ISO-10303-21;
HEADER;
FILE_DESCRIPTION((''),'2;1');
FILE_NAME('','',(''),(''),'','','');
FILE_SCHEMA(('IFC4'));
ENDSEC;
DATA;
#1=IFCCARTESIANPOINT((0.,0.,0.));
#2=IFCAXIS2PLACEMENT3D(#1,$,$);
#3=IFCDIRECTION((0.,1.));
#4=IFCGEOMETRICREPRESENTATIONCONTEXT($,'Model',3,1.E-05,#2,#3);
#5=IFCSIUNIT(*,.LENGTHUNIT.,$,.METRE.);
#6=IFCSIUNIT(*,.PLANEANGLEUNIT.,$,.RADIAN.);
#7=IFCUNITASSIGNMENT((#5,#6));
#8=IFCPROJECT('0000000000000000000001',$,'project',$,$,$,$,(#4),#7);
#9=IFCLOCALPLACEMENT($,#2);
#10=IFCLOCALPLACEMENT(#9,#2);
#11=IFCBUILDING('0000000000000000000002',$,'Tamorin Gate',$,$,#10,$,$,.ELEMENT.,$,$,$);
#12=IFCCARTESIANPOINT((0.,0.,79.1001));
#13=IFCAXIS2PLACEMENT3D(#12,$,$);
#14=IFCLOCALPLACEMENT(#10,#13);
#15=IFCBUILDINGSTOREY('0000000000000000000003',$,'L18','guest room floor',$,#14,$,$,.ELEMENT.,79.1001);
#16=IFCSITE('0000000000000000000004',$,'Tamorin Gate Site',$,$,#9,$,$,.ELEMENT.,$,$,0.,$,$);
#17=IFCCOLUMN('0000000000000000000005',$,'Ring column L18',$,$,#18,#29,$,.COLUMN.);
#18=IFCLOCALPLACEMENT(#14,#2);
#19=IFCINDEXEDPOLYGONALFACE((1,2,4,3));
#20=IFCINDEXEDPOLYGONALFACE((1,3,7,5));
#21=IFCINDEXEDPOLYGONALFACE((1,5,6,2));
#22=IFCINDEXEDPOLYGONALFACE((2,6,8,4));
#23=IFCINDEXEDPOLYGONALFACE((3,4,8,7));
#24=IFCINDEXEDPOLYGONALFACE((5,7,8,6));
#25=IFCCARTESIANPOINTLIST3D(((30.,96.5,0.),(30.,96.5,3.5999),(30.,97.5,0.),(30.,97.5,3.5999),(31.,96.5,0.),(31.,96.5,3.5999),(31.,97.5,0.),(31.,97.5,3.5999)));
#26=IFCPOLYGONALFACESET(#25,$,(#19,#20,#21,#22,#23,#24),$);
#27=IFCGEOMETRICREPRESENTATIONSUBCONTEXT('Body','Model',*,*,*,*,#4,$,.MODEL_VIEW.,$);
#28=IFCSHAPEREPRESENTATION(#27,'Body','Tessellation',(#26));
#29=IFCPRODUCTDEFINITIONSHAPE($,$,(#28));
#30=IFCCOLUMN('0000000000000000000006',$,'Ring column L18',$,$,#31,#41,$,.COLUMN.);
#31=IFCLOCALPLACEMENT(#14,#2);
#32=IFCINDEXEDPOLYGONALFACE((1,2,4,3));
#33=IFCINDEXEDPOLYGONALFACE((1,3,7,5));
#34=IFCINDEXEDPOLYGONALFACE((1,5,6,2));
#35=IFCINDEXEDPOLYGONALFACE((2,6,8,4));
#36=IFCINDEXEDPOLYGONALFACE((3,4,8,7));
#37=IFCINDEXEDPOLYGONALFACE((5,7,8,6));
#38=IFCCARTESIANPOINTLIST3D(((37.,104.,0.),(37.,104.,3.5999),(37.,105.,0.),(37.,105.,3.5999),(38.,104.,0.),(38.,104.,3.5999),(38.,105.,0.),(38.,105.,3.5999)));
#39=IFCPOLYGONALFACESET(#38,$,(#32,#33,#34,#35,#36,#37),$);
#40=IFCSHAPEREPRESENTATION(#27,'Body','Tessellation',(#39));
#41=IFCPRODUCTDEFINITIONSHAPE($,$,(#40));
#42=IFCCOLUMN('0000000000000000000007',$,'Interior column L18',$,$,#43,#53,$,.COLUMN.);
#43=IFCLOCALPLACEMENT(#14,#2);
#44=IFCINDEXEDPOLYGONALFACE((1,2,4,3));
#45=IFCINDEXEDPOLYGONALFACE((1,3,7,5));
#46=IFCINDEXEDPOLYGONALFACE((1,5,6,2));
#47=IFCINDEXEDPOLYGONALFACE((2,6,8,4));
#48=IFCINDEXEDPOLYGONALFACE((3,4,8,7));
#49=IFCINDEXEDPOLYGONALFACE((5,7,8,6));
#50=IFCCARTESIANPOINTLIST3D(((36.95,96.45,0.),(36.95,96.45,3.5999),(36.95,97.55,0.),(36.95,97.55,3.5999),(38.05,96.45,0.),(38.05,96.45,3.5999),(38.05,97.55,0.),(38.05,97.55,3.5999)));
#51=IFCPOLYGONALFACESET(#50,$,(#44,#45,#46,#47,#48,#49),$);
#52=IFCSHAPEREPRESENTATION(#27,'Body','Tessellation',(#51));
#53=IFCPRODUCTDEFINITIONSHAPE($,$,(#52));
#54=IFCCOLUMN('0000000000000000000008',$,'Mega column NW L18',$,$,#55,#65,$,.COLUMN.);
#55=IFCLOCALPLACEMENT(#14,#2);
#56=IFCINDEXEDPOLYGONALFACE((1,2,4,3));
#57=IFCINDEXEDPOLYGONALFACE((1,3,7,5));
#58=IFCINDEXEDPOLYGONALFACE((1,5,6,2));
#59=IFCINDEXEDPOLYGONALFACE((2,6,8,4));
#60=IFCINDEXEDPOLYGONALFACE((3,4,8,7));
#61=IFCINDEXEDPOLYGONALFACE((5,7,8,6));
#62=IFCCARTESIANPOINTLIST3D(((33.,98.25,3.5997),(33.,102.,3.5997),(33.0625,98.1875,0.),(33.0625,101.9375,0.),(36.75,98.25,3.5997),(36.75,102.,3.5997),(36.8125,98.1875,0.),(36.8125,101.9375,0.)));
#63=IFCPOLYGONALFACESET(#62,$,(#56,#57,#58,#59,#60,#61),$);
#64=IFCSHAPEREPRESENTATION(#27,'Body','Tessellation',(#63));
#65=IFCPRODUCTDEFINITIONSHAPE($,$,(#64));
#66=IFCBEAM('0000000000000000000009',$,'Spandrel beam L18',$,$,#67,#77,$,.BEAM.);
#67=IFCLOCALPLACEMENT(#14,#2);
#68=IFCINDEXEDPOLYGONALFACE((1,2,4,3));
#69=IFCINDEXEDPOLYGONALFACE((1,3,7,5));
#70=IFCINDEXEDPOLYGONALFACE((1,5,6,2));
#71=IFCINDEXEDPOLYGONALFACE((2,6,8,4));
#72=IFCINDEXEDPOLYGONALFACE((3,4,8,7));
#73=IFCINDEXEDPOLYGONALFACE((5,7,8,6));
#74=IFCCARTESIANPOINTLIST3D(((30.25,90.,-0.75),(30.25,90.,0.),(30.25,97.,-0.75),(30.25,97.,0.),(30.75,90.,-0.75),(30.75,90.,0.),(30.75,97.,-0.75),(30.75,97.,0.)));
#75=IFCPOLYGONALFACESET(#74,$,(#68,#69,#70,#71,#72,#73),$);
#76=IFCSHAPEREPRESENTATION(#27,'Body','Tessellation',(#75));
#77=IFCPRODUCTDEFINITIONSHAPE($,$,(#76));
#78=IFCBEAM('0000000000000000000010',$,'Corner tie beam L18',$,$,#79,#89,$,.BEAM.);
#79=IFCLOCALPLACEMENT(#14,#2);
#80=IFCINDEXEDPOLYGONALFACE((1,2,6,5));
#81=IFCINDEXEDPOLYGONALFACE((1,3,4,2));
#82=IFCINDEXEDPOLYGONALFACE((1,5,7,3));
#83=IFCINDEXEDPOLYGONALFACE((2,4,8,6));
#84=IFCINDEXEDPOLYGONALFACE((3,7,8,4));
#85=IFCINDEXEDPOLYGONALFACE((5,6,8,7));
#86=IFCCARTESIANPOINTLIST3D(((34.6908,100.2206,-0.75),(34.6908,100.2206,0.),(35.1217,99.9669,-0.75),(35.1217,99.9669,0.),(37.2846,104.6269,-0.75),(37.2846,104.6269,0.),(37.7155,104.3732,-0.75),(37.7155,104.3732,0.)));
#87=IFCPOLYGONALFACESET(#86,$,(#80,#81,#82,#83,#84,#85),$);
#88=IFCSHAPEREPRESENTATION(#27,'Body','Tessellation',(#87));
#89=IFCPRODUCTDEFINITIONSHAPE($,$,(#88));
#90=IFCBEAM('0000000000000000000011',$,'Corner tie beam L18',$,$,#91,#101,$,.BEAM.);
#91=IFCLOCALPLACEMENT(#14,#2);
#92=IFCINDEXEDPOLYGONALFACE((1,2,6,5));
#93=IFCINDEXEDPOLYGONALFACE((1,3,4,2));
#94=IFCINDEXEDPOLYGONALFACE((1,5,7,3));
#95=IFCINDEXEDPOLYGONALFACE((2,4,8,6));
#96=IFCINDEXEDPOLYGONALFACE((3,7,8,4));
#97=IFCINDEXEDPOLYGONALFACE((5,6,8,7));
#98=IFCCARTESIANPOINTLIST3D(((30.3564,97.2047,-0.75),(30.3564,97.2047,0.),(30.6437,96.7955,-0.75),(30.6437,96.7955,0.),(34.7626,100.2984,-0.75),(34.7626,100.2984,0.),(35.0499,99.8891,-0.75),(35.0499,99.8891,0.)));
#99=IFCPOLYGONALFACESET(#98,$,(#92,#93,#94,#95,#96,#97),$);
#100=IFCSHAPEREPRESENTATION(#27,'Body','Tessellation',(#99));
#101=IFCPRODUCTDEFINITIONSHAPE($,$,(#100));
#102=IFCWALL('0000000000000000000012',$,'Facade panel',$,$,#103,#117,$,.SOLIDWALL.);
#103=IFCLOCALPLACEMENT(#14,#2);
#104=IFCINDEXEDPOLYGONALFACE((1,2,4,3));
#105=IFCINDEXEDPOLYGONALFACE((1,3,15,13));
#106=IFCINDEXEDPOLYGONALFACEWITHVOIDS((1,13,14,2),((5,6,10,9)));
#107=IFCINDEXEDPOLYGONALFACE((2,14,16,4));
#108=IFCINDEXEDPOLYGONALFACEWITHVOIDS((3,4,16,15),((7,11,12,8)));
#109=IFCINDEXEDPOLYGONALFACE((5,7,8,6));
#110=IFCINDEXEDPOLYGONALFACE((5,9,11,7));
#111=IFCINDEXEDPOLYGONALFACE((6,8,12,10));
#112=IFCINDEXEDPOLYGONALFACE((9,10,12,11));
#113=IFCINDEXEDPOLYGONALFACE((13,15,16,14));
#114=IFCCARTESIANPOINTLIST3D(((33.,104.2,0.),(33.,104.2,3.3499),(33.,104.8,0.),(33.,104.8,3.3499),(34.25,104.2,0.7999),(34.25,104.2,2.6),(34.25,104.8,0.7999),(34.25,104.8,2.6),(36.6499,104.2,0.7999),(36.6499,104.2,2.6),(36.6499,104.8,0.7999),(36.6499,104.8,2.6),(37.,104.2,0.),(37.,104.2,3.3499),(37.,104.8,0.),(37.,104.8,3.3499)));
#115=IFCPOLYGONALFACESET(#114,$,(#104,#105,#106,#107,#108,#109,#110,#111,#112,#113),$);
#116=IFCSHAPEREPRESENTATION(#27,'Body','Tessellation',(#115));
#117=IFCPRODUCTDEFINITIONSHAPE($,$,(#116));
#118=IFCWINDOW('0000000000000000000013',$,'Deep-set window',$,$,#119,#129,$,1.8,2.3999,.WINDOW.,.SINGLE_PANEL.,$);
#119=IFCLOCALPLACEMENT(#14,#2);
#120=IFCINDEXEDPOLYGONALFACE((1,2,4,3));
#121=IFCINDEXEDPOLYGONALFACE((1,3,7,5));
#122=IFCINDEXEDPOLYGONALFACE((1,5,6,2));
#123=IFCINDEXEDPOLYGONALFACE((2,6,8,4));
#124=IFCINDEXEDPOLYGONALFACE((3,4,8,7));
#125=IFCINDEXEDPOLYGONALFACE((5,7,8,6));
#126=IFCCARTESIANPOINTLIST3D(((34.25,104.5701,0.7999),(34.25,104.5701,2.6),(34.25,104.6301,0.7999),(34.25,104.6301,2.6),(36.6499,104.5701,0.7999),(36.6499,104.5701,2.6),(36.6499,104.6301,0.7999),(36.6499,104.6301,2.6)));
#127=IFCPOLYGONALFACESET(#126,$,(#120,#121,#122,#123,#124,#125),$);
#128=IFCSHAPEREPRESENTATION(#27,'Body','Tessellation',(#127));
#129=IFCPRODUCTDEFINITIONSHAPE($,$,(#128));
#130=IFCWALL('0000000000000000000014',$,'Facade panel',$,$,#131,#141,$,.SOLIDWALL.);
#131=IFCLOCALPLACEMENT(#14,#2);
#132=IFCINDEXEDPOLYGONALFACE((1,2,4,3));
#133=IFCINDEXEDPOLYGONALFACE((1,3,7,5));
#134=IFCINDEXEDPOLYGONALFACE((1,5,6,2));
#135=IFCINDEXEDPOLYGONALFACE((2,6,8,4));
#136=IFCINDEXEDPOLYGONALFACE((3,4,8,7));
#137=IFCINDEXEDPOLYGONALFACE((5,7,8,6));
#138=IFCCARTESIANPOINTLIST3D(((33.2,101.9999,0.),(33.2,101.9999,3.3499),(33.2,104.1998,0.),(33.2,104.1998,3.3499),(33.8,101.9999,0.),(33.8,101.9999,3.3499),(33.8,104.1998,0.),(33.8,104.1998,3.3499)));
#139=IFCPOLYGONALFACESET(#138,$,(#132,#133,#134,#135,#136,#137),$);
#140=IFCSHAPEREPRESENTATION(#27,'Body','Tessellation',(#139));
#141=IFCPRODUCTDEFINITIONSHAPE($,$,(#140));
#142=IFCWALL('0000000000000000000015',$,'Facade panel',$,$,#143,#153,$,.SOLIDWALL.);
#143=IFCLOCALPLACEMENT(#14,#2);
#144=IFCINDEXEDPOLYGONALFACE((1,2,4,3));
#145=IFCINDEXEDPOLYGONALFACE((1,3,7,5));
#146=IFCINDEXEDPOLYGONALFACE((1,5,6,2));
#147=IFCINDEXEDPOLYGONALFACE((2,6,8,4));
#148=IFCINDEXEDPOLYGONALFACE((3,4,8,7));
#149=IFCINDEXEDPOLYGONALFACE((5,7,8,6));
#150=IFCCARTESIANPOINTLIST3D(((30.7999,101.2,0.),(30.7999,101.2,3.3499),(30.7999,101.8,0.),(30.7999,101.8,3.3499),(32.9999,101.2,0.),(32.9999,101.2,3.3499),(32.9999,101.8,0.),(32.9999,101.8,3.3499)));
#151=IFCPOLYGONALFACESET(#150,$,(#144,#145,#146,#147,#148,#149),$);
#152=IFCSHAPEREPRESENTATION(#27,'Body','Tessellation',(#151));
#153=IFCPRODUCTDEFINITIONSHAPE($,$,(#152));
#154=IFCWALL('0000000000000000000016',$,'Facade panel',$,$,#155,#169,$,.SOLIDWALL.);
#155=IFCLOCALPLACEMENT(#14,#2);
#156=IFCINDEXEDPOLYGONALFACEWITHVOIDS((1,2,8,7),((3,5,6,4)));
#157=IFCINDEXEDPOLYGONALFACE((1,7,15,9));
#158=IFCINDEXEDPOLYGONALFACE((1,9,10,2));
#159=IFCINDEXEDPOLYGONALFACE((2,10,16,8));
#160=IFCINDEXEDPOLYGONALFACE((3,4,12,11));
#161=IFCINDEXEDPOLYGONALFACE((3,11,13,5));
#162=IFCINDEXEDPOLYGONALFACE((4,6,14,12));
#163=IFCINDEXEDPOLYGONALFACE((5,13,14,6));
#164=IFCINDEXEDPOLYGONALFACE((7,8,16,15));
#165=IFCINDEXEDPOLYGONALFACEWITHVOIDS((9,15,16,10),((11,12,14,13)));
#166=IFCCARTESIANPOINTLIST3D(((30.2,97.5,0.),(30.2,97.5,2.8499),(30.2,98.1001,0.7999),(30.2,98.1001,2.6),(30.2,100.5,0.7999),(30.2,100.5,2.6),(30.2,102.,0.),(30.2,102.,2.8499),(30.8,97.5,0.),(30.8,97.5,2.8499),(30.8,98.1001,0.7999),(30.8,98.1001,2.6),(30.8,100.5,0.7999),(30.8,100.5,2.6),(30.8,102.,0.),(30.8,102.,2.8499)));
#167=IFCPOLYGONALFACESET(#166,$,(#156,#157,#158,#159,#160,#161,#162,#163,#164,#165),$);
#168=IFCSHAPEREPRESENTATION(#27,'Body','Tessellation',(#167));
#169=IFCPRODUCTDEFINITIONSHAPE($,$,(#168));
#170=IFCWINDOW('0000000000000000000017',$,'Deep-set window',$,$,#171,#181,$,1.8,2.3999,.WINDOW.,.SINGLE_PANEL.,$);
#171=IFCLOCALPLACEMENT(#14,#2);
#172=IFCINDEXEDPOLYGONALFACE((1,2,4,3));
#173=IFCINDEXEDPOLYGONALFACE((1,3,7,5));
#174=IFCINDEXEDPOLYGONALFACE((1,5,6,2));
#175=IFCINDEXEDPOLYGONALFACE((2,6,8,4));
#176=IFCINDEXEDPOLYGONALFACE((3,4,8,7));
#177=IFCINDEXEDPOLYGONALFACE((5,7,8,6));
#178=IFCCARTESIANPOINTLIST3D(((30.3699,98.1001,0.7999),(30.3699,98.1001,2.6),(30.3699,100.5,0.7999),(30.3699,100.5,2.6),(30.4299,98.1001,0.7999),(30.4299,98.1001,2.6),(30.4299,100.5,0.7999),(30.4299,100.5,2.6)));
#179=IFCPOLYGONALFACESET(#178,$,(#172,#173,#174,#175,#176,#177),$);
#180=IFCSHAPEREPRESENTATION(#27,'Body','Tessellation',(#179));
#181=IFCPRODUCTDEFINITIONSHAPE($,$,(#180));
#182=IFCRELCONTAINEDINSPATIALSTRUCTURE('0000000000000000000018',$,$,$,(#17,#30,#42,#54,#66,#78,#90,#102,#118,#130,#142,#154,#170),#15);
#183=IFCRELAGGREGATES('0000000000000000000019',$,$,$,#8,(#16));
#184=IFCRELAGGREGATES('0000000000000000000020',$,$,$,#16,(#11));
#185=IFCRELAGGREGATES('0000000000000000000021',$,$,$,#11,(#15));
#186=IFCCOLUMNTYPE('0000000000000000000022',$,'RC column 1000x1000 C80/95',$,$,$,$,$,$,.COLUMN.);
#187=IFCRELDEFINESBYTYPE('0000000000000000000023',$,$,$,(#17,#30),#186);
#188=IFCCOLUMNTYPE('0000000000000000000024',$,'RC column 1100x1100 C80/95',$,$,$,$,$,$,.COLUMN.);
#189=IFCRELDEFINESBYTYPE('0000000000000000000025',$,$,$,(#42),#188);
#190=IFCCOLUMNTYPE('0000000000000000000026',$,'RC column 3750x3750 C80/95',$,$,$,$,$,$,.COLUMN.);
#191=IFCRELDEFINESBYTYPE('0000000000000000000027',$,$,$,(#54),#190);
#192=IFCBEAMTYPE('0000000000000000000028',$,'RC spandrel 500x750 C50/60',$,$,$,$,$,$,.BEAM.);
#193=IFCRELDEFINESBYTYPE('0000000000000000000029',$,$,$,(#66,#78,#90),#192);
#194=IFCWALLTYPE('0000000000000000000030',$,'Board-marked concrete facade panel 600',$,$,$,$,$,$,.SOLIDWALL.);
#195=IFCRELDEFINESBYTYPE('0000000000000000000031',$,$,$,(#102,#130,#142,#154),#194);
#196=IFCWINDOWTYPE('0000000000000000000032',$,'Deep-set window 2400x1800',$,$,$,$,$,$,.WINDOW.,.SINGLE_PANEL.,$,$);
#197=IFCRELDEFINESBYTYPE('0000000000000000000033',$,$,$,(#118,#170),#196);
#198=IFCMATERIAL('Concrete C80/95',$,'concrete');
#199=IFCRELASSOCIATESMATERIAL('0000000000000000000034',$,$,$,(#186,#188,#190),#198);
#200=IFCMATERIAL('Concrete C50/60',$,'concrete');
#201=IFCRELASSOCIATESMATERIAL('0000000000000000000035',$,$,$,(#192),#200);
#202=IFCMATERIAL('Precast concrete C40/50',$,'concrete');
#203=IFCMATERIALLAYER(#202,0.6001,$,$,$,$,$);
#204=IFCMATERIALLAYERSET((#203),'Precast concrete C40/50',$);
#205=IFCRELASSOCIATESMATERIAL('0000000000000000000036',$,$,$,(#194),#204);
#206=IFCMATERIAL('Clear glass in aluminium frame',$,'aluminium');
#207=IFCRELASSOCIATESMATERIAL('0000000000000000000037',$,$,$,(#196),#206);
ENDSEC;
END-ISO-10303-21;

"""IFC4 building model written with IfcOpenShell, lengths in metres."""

from ifc_helpers import new_model, si_unit, direction, frame, frame_2d, origin, origin_2d, place, context, subcontext, project, spatial, rectangle, extrude, material, layer, layer_set, material_profile, profile_set, type_object, element, fill, save


model = new_model("IFC4")

# Units and contexts
model_context = context("Model", 3, precision=1e-05, world=origin(), true_north=direction((0.0, 1.0)))
body_context = subcontext(model_context, "Body", "Model", "MODEL_VIEW")
ifc_project = project(units=[si_unit("LENGTHUNIT", "METRE"), si_unit("PLANEANGLEUNIT", "RADIAN")], contexts=[model_context])

# Site, building, storey
site_placement = place(None, origin())
site = spatial("IfcSite", under=ifc_project, at=site_placement, Name="Tamorin Gate Site", CompositionType="ELEMENT", RefElevation=0.0)
building_placement = place(site_placement, origin())
building = spatial("IfcBuilding", under=site, at=building_placement, Name="Tamorin Gate", CompositionType="ELEMENT")
storey_placement = place(building_placement, frame((0.0, 0.0, 79.1001)))
storey = spatial("IfcBuildingStorey", under=building, at=storey_placement, Name="L18", Description="guest room floor", CompositionType="ELEMENT", Elevation=79.1001)

# Columns
ifc_material_1 = material(Name="Concrete C80/95", Category="concrete")
ifc_material_profile_1 = material_profile(ifc_material_1, rectangle(XDim=1.0, YDim=1.0, at=origin_2d()), Name="RC 1000x1000")
ifc_profile_set_1 = profile_set([ifc_material_profile_1], Name="Concrete C80/95")
column_type_1 = type_object("IfcColumnType", Name="RC column 1000x1000 C80/95", PredefinedType="COLUMN", material=ifc_profile_set_1)
for number, where, z_axis, x_axis, name in (
    (1, (30.5, 97.0, 0.0), (0.0, 0.0, 1.0), (1.0, 0.0, 0.0), "Ring column L18"),
    (2, (37.5, 104.5, 0.0), (0.0, 0.0, 1.0), (1.0, 0.0, 0.0), "Ring column L18"),
):
    element("IfcColumn", number, at=place(storey_placement, frame(where, z_axis=z_axis, x_axis=x_axis)), inside=storey, type_object=column_type_1, Name=name, PredefinedType="COLUMN", context=body_context, shape_type="SweptSolid", body=[
        extrude(rectangle(XDim=1.0, YDim=1.0, at=origin_2d()), origin(), (0.0, 0.0, 1.0), 3.5999),
    ])
ifc_material_profile_2 = material_profile(ifc_material_1, rectangle(XDim=1.1001, YDim=1.1001, at=origin_2d()), Name="RC 1100x1100")
ifc_profile_set_2 = profile_set([ifc_material_profile_2], Name="Concrete C80/95")
column_type_2 = type_object("IfcColumnType", Name="RC column 1100x1100 C80/95", PredefinedType="COLUMN", material=ifc_profile_set_2)
column_1_placement = place(storey_placement, frame((37.5, 97.0, 0.0), z_axis=(0.0, 0.0, 1.0), x_axis=(1.0, 0.0, 0.0)))
element("IfcColumn", 3, at=column_1_placement, inside=storey, type_object=column_type_2, Name="Interior column L18", PredefinedType="COLUMN", context=body_context, shape_type="SweptSolid", body=[
    extrude(rectangle(XDim=1.1001, YDim=1.1001, at=origin_2d()), origin(), (0.0, 0.0, 1.0), 3.5999),
])
ifc_material_profile_3 = material_profile(ifc_material_1, rectangle(XDim=3.75, YDim=3.75, at=origin_2d()), Name="RC 3750x3750")
ifc_profile_set_3 = profile_set([ifc_material_profile_3], Name="Concrete C80/95")
column_type_3 = type_object("IfcColumnType", Name="RC column 3750x3750 C80/95", PredefinedType="COLUMN", material=ifc_profile_set_3)
column_2_placement = place(storey_placement, frame((34.9375, 100.0625, 0.0), z_axis=(0.0, 0.0, 1.0), x_axis=(0.0, 1.0, 0.0)))
element("IfcColumn", 4, at=column_2_placement, inside=storey, type_object=column_type_3, Name="Mega column NW L18", PredefinedType="COLUMN", context=body_context, shape_type="SweptSolid", body=[
    extrude(rectangle(XDim=3.75, YDim=3.75, at=origin_2d()), origin(), (0.017357, 0.017357, 0.999699), 3.6008),
])

# Beams
ifc_material_2 = material(Name="Concrete C50/60", Category="concrete")
ifc_material_profile_4 = material_profile(ifc_material_2, rectangle(XDim=0.5, YDim=0.75, at=origin_2d()), Name="RC 500x750")
ifc_profile_set_4 = profile_set([ifc_material_profile_4], Name="Concrete C50/60")
beam_type = type_object("IfcBeamType", Name="RC spandrel 500x750 C50/60", PredefinedType="BEAM", material=ifc_profile_set_4)
beam_1_placement = place(storey_placement, frame((30.5, 97.0, -0.375), z_axis=(0.0, -1.0, 0.0), x_axis=(1.0, 0.0, 0.0)))
element("IfcBeam", 5, at=beam_1_placement, inside=storey, type_object=beam_type, Name="Spandrel beam L18", PredefinedType="BEAM", context=body_context, shape_type="SweptSolid", body=[
    extrude(rectangle(XDim=0.5, YDim=0.75, at=origin_2d()), origin(), (0.0, 0.0, 1.0), 7.0),
])
beam_2_placement = place(storey_placement, frame((34.9062, 100.0938, -0.375), z_axis=(0.507287, 0.861777, 0.0), x_axis=(-0.861777, 0.507287, 0.0)))
element("IfcBeam", 6, at=beam_2_placement, inside=storey, type_object=beam_type, Name="Corner tie beam L18", PredefinedType="BEAM", context=body_context, shape_type="SweptSolid", body=[
    extrude(rectangle(XDim=0.5, YDim=0.75, at=origin_2d()), origin(), (0.0, 0.0, 1.0), 5.113),
])
beam_3_placement = place(storey_placement, frame((34.9062, 100.0938, -0.375), z_axis=(-0.818413, -0.57463, 0.0), x_axis=(0.57463, -0.818413, 0.0)))
element("IfcBeam", 7, at=beam_3_placement, inside=storey, type_object=beam_type, Name="Corner tie beam L18", PredefinedType="BEAM", context=body_context, shape_type="SweptSolid", body=[
    extrude(rectangle(XDim=0.5, YDim=0.75, at=origin_2d()), origin(), (0.0, 0.0, 1.0), 5.3838),
])

# Wall, opening, window
ifc_material_3 = material(Name="Precast concrete C40/50", Category="concrete")
ifc_layer = layer(ifc_material_3, 0.6001)
ifc_layer_set = layer_set([ifc_layer], Name="Precast concrete C40/50")
wall_type = type_object("IfcWallType", Name="Board-marked concrete facade panel 600", PredefinedType="SOLIDWALL", material=ifc_layer_set)
wall_1_placement = place(storey_placement, frame((37.0, 104.5, 0.0), z_axis=(0.0, 0.0, 1.0), x_axis=(-1.0, 0.0, 0.0)))
wall_1 = element("IfcWall", 8, at=wall_1_placement, inside=storey, type_object=wall_type, Name="Facade panel", PredefinedType="SOLIDWALL", context=body_context, shape_type="SweptSolid", body=[
    extrude(rectangle(XDim=4.0, YDim=0.6001, at=frame_2d((2.0, 0.0))), origin(), (0.0, 0.0, 1.0), 3.3499),
])
opening_1_placement = place(wall_1_placement, frame((0.3501, 0.0, 0.8)))
opening_1 = element("IfcOpeningElement", 9, at=opening_1_placement, cuts=wall_1, PredefinedType="OPENING", context=body_context, shape_type="SweptSolid", body=[
    extrude(rectangle(XDim=2.3999, YDim=1.8, at=frame_2d((1.2, 0.8999))), frame((0.0, 0.3101, 0.0), z_axis=(0.0, -1.0, 0.0), x_axis=(1.0, 0.0, 0.0)), (0.0, 0.0, 1.0), 0.6201),
])
ifc_material_4 = material(Name="Clear glass in aluminium frame", Category="aluminium")
window_type = type_object("IfcWindowType", Name="Deep-set window 2400x1800", PartitioningType="SINGLE_PANEL", PredefinedType="WINDOW", material=ifc_material_4)
window_1_placement = place(opening_1_placement, origin())
window_1 = element("IfcWindow", 10, at=window_1_placement, inside=storey, type_object=window_type, Name="Deep-set window", OverallHeight=1.8, OverallWidth=2.3999, PartitioningType="SINGLE_PANEL", PredefinedType="WINDOW", context=body_context, shape_type="SweptSolid", body=[
    extrude(rectangle(XDim=2.3999, YDim=1.8, at=frame_2d((1.2, 0.8999))), frame((0.0, -0.0701, 0.0), z_axis=(0.0, -1.0, 0.0), x_axis=(1.0, 0.0, 0.0)), (0.0, 0.0, 1.0), 0.0601),
])
fill(opening_1, window_1)

# Walls
for number, where, z_axis, x_axis, name in (
    (11, (33.5, 104.2, 0.0), (0.0, 0.0, 1.0), (0.0, -1.0, 0.0), "Facade panel"),
    (12, (33.0, 101.5, 0.0), (0.0, 0.0, 1.0), (-1.0, 0.0, 0.0), "Facade panel"),
):
    element("IfcWall", number, at=place(storey_placement, frame(where, z_axis=z_axis, x_axis=x_axis)), inside=storey, type_object=wall_type, Name=name, PredefinedType="SOLIDWALL", context=body_context, shape_type="SweptSolid", body=[
        extrude(rectangle(XDim=2.2, YDim=0.6001, at=frame_2d((1.1001, 0.0))), origin(), (0.0, 0.0, 1.0), 3.3499),
    ])

# Wall, opening, window
wall_2_placement = place(storey_placement, frame((30.5, 102.0, 0.0), z_axis=(0.0, 0.0, 1.0), x_axis=(0.0, -1.0, 0.0)))
wall_2 = element("IfcWall", 13, at=wall_2_placement, inside=storey, type_object=wall_type, Name="Facade panel", PredefinedType="SOLIDWALL", context=body_context, shape_type="SweptSolid", body=[
    extrude(rectangle(XDim=4.5, YDim=0.6001, at=frame_2d((2.25, 0.0))), origin(), (0.0, 0.0, 1.0), 2.8499),
])
opening_2_placement = place(wall_2_placement, frame((1.5, 0.0, 0.8)))
opening_2 = element("IfcOpeningElement", 14, at=opening_2_placement, cuts=wall_2, PredefinedType="OPENING", context=body_context, shape_type="SweptSolid", body=[
    extrude(rectangle(XDim=2.3999, YDim=1.8, at=frame_2d((1.2, 0.8999))), frame((0.0, 0.3101, 0.0), z_axis=(0.0, -1.0, 0.0), x_axis=(1.0, 0.0, 0.0)), (0.0, 0.0, 1.0), 0.6201),
])
window_2_placement = place(opening_2_placement, origin())
window_2 = element("IfcWindow", 15, at=window_2_placement, inside=storey, type_object=window_type, Name="Deep-set window", OverallHeight=1.8, OverallWidth=2.3999, PartitioningType="SINGLE_PANEL", PredefinedType="WINDOW", context=body_context, shape_type="SweptSolid", body=[
    extrude(rectangle(XDim=2.3999, YDim=1.8, at=frame_2d((1.2, 0.8999))), frame((0.0, -0.0701, 0.0), z_axis=(0.0, -1.0, 0.0), x_axis=(1.0, 0.0, 0.0)), (0.0, 0.0, 1.0), 0.0601),
])
fill(opening_2, window_2)

save(model, "model.ifc")
